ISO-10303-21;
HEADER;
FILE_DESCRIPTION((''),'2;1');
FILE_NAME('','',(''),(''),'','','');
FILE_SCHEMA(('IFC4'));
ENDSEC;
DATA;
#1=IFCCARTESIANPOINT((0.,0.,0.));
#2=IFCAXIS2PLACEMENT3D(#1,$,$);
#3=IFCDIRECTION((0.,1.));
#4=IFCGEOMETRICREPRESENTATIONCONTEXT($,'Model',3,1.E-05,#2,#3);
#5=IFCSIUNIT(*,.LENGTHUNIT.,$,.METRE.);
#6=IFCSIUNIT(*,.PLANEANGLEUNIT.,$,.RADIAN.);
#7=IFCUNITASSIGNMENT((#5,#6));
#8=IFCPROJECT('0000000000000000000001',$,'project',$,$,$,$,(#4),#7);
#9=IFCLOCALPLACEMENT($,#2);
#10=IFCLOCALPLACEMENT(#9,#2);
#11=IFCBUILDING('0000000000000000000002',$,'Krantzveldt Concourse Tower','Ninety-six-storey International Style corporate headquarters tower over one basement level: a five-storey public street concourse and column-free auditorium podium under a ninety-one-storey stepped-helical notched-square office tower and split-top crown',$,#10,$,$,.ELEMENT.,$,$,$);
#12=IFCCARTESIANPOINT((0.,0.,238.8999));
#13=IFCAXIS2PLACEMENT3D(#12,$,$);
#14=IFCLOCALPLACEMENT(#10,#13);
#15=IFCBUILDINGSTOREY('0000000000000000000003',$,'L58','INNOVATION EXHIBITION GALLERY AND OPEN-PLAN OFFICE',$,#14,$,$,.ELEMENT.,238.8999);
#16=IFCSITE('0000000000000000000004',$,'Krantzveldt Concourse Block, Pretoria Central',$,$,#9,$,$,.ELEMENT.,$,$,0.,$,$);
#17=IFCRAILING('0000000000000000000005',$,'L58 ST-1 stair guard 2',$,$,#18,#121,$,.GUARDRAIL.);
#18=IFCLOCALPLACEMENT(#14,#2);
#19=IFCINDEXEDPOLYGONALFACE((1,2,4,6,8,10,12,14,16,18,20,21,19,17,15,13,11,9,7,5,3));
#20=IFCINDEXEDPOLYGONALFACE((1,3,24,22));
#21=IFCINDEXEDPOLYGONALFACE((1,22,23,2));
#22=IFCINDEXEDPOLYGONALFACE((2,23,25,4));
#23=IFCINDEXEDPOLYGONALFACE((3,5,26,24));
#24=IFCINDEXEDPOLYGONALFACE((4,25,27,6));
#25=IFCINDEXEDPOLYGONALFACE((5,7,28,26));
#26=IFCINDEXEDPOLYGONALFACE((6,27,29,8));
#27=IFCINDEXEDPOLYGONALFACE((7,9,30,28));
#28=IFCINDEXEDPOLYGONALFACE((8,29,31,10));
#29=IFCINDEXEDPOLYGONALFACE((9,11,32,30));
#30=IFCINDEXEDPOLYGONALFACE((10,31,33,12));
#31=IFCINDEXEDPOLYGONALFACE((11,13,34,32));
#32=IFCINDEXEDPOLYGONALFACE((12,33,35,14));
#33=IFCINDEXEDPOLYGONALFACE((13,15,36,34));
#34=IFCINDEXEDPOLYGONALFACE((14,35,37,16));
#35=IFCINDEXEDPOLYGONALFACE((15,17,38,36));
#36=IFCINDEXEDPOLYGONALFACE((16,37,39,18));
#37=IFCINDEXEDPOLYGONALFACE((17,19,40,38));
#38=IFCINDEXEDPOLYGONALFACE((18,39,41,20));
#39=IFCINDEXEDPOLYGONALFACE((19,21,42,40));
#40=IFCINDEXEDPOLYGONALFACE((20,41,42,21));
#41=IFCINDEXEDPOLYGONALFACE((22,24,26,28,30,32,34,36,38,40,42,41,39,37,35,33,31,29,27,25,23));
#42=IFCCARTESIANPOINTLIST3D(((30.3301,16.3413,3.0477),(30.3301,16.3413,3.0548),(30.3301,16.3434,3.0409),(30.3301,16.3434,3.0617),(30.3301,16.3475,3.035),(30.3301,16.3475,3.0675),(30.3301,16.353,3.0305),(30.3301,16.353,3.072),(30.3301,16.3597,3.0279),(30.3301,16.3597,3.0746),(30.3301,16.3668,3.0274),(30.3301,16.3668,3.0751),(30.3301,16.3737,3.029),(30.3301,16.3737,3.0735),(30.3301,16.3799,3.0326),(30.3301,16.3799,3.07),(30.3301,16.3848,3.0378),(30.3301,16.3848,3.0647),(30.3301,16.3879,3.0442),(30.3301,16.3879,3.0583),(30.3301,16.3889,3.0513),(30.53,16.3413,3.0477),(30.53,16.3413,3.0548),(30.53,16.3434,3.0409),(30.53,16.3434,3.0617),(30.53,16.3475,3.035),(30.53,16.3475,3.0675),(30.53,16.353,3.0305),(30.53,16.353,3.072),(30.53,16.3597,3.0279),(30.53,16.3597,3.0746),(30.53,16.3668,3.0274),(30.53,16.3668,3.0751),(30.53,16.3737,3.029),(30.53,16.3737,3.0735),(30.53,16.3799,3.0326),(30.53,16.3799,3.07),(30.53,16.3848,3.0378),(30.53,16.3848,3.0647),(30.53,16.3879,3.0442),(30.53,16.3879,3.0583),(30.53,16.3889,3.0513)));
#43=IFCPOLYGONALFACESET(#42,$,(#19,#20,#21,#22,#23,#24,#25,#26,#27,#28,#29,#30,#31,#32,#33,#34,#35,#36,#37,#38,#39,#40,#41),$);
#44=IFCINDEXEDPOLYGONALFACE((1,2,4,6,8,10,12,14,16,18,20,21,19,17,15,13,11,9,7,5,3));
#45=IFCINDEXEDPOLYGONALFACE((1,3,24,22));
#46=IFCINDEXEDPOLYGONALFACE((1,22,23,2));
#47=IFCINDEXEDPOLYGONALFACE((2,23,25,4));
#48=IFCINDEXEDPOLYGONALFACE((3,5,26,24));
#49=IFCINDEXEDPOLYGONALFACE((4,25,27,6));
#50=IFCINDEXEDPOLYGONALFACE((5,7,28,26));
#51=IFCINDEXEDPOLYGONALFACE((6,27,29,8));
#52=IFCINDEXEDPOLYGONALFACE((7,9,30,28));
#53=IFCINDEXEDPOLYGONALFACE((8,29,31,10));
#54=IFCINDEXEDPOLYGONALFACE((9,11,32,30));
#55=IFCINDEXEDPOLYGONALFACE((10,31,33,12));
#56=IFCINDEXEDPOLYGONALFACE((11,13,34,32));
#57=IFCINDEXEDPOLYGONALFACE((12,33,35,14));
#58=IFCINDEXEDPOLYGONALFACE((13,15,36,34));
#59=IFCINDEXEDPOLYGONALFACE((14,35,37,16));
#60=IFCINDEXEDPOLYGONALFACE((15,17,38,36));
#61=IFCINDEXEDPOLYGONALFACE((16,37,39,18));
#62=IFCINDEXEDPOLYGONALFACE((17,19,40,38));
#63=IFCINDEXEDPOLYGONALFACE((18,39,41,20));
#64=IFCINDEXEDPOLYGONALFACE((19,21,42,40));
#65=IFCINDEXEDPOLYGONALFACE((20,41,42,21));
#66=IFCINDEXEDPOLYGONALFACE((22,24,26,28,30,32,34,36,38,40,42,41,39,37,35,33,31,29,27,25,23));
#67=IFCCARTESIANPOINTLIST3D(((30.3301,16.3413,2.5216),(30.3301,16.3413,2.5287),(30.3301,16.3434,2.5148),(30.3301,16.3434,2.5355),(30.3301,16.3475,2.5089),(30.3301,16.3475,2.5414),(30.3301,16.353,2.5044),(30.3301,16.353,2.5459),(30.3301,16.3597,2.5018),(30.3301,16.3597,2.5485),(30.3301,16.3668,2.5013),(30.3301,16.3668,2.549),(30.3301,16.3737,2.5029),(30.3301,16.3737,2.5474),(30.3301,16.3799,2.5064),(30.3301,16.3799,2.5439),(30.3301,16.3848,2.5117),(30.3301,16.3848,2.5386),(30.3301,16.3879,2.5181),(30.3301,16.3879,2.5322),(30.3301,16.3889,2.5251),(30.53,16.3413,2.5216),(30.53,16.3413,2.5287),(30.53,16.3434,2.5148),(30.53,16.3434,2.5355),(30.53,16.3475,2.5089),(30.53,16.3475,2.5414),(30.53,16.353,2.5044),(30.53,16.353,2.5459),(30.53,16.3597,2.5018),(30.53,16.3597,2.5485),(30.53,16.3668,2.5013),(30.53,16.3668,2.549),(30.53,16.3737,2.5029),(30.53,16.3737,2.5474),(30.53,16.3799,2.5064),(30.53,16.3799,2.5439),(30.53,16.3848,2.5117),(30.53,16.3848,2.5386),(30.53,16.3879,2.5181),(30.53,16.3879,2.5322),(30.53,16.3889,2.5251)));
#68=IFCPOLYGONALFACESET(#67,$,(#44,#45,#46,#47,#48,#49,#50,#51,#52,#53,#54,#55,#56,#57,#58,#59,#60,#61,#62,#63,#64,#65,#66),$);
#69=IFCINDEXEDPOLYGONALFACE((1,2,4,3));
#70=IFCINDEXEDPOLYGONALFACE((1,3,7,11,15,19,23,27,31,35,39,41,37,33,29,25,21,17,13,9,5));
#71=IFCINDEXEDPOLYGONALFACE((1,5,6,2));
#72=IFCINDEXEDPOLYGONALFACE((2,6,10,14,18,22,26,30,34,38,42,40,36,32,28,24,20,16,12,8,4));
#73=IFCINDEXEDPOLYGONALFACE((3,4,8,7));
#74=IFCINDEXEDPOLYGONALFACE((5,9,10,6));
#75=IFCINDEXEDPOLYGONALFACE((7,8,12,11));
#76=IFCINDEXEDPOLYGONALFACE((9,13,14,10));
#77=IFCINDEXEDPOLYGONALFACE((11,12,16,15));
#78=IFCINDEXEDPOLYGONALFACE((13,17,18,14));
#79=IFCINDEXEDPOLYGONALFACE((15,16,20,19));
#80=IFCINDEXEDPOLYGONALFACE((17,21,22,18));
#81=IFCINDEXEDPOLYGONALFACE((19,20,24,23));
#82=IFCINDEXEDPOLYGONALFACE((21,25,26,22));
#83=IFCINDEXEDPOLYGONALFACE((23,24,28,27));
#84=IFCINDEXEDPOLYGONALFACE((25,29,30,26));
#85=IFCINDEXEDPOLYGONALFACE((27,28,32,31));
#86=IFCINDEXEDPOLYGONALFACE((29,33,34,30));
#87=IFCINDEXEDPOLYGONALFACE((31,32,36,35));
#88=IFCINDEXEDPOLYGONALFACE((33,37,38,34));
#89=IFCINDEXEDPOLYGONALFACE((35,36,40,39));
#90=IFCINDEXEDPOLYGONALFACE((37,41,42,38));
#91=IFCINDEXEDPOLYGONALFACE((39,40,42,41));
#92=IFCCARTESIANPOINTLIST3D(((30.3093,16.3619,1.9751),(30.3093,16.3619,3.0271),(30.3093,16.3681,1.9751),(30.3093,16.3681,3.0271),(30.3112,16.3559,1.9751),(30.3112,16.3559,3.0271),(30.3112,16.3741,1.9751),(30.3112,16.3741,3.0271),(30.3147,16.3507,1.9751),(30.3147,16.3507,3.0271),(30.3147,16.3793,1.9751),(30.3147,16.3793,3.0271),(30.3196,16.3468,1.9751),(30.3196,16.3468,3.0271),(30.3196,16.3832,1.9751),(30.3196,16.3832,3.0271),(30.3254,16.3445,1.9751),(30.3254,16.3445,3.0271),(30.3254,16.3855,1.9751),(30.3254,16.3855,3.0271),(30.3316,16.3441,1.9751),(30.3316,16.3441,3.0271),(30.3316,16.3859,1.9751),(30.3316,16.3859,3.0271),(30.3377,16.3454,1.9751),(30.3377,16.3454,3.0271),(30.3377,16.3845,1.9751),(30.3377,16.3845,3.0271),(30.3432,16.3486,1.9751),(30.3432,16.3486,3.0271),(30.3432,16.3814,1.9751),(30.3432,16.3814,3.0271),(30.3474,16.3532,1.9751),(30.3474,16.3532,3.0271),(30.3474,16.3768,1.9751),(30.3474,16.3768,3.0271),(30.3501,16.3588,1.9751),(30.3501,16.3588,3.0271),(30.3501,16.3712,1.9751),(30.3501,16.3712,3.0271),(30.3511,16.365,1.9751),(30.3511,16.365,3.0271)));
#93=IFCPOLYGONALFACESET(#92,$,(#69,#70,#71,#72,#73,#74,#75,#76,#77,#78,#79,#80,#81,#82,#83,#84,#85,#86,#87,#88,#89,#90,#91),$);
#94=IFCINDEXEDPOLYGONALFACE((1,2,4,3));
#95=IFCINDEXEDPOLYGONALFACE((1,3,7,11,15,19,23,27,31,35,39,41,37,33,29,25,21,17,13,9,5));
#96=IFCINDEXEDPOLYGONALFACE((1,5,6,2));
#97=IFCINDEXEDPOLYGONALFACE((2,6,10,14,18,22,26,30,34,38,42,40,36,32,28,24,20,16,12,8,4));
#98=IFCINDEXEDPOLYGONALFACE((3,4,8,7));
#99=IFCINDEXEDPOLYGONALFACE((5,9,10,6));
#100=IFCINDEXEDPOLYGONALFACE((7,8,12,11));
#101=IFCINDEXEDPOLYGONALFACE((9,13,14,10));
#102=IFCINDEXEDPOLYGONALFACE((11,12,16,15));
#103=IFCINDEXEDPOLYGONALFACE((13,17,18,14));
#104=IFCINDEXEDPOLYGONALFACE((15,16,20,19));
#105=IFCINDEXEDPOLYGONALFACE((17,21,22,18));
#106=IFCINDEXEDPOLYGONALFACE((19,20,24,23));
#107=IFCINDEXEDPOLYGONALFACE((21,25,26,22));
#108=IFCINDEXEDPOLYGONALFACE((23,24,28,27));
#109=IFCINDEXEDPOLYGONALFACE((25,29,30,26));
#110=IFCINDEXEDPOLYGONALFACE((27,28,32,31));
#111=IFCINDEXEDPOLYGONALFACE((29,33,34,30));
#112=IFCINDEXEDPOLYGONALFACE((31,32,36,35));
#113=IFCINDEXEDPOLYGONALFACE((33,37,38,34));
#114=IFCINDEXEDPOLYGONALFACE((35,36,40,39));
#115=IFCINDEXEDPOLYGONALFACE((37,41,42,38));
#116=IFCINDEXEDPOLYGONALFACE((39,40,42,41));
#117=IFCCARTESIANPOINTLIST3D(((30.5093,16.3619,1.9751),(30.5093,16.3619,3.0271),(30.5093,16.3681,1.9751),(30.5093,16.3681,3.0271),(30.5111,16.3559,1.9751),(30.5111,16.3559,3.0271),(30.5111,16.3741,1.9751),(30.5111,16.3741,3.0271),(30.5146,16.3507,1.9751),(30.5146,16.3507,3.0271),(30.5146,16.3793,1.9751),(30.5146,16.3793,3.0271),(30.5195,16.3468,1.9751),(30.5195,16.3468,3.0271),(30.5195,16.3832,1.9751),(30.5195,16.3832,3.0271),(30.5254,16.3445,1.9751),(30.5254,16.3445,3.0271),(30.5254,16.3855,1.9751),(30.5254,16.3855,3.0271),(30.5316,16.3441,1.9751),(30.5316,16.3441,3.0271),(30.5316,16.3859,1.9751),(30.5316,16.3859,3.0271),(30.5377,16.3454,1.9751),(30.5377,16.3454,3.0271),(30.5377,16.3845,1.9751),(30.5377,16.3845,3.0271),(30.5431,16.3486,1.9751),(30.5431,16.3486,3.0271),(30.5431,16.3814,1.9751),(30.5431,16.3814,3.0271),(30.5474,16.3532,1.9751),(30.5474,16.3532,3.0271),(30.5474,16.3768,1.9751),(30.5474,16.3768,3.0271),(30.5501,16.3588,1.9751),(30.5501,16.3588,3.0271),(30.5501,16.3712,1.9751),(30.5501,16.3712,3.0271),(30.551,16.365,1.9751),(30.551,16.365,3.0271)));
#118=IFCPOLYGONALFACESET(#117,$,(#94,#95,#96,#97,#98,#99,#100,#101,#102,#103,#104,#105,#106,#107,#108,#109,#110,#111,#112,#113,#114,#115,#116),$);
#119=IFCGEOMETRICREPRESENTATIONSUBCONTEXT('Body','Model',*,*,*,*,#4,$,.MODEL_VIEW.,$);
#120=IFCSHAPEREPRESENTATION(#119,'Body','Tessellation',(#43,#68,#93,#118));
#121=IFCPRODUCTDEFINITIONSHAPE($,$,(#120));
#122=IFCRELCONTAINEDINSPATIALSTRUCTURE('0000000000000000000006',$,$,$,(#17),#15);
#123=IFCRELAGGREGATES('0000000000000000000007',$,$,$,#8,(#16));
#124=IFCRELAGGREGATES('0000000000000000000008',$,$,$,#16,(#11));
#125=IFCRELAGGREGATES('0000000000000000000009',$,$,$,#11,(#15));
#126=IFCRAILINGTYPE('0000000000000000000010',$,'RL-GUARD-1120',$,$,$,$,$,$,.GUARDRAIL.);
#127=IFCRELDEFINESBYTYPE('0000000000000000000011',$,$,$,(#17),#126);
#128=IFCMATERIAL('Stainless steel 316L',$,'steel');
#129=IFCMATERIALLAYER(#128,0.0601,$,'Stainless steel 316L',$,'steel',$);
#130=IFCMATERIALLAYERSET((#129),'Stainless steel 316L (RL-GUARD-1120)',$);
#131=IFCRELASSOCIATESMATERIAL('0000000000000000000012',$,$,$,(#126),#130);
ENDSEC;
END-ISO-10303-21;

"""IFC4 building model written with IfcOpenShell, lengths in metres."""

from ifc_helpers import new_model, si_unit, direction, frame, origin, origin_2d, place, context, subcontext, project, spatial, circle, extrude, material, layer, layer_set, type_object, element, save


model = new_model("IFC4")

# Units and contexts
model_context = context("Model", 3, precision=1e-05, world=origin(), true_north=direction((0.0, 1.0)))
body_context = subcontext(model_context, "Body", "Model", "MODEL_VIEW")
ifc_project = project(units=[si_unit("LENGTHUNIT", "METRE"), si_unit("PLANEANGLEUNIT", "RADIAN")], contexts=[model_context])

# Site, building, storey
site_placement = place(None, origin())
site = spatial("IfcSite", under=ifc_project, at=site_placement, Name="Krantzveldt Concourse Block, Pretoria Central", CompositionType="ELEMENT", RefElevation=0.0)
building_placement = place(site_placement, origin())
building = spatial("IfcBuilding", under=site, at=building_placement, Name="Krantzveldt Concourse Tower", Description="Ninety-six-storey International Style corporate headquarters tower over one basement level: a five-storey public street concourse and column-free auditorium podium under a ninety-one-storey stepped-helical notched-square office tower and split-top crown", CompositionType="ELEMENT")
storey_placement = place(building_placement, frame((0.0, 0.0, 238.8999)))
storey = spatial("IfcBuildingStorey", under=building, at=storey_placement, Name="L58", Description="INNOVATION EXHIBITION GALLERY AND OPEN-PLAN OFFICE", CompositionType="ELEMENT", Elevation=238.8999)

# Shared definitions
ifc_material_1 = material(Name="Stainless steel 316L", Category="steel")

# Railing
ifc_layer_1 = layer(ifc_material_1, 0.0601, Name="Stainless steel 316L", Category="steel")
ifc_layer_set_1 = layer_set([ifc_layer_1], Name="Stainless steel 316L (RL-GUARD-1120)")
railing_type_1 = type_object("IfcRailingType", Name="RL-GUARD-1120", PredefinedType="GUARDRAIL", material=ifc_layer_set_1)
railing_1_placement = place(storey_placement, frame((30.3301, 16.365, 1.9751)))
element("IfcRailing", 1, at=railing_1_placement, inside=storey, type_object=railing_type_1, Name="L58 ST-1 stair guard 2", PredefinedType="GUARDRAIL", context=body_context, shape_type="SweptSolid", body=[
    extrude(circle(Radius=0.0239, at=origin_2d()), frame((0.0, 0.0, 1.0762), z_axis=(1.0, 0.0, 0.0), x_axis=(0.0, 1.0, 0.0)), (0.0, 0.0, 1.0), 0.2),
    extrude(circle(Radius=0.0239, at=origin_2d()), frame((0.0, 0.0, 0.55), z_axis=(1.0, 0.0, 0.0), x_axis=(0.0, 1.0, 0.0)), (0.0, 0.0, 1.0), 0.2),
    extrude(circle(Radius=0.021, at=origin_2d()), origin(), (0.0, 0.0, 1.0), 1.052),
    extrude(circle(Radius=0.021, at=origin_2d()), frame((0.2, 0.0, 0.0)), (0.0, 0.0, 1.0), 1.052),
])

save(model, "model.ifc")
